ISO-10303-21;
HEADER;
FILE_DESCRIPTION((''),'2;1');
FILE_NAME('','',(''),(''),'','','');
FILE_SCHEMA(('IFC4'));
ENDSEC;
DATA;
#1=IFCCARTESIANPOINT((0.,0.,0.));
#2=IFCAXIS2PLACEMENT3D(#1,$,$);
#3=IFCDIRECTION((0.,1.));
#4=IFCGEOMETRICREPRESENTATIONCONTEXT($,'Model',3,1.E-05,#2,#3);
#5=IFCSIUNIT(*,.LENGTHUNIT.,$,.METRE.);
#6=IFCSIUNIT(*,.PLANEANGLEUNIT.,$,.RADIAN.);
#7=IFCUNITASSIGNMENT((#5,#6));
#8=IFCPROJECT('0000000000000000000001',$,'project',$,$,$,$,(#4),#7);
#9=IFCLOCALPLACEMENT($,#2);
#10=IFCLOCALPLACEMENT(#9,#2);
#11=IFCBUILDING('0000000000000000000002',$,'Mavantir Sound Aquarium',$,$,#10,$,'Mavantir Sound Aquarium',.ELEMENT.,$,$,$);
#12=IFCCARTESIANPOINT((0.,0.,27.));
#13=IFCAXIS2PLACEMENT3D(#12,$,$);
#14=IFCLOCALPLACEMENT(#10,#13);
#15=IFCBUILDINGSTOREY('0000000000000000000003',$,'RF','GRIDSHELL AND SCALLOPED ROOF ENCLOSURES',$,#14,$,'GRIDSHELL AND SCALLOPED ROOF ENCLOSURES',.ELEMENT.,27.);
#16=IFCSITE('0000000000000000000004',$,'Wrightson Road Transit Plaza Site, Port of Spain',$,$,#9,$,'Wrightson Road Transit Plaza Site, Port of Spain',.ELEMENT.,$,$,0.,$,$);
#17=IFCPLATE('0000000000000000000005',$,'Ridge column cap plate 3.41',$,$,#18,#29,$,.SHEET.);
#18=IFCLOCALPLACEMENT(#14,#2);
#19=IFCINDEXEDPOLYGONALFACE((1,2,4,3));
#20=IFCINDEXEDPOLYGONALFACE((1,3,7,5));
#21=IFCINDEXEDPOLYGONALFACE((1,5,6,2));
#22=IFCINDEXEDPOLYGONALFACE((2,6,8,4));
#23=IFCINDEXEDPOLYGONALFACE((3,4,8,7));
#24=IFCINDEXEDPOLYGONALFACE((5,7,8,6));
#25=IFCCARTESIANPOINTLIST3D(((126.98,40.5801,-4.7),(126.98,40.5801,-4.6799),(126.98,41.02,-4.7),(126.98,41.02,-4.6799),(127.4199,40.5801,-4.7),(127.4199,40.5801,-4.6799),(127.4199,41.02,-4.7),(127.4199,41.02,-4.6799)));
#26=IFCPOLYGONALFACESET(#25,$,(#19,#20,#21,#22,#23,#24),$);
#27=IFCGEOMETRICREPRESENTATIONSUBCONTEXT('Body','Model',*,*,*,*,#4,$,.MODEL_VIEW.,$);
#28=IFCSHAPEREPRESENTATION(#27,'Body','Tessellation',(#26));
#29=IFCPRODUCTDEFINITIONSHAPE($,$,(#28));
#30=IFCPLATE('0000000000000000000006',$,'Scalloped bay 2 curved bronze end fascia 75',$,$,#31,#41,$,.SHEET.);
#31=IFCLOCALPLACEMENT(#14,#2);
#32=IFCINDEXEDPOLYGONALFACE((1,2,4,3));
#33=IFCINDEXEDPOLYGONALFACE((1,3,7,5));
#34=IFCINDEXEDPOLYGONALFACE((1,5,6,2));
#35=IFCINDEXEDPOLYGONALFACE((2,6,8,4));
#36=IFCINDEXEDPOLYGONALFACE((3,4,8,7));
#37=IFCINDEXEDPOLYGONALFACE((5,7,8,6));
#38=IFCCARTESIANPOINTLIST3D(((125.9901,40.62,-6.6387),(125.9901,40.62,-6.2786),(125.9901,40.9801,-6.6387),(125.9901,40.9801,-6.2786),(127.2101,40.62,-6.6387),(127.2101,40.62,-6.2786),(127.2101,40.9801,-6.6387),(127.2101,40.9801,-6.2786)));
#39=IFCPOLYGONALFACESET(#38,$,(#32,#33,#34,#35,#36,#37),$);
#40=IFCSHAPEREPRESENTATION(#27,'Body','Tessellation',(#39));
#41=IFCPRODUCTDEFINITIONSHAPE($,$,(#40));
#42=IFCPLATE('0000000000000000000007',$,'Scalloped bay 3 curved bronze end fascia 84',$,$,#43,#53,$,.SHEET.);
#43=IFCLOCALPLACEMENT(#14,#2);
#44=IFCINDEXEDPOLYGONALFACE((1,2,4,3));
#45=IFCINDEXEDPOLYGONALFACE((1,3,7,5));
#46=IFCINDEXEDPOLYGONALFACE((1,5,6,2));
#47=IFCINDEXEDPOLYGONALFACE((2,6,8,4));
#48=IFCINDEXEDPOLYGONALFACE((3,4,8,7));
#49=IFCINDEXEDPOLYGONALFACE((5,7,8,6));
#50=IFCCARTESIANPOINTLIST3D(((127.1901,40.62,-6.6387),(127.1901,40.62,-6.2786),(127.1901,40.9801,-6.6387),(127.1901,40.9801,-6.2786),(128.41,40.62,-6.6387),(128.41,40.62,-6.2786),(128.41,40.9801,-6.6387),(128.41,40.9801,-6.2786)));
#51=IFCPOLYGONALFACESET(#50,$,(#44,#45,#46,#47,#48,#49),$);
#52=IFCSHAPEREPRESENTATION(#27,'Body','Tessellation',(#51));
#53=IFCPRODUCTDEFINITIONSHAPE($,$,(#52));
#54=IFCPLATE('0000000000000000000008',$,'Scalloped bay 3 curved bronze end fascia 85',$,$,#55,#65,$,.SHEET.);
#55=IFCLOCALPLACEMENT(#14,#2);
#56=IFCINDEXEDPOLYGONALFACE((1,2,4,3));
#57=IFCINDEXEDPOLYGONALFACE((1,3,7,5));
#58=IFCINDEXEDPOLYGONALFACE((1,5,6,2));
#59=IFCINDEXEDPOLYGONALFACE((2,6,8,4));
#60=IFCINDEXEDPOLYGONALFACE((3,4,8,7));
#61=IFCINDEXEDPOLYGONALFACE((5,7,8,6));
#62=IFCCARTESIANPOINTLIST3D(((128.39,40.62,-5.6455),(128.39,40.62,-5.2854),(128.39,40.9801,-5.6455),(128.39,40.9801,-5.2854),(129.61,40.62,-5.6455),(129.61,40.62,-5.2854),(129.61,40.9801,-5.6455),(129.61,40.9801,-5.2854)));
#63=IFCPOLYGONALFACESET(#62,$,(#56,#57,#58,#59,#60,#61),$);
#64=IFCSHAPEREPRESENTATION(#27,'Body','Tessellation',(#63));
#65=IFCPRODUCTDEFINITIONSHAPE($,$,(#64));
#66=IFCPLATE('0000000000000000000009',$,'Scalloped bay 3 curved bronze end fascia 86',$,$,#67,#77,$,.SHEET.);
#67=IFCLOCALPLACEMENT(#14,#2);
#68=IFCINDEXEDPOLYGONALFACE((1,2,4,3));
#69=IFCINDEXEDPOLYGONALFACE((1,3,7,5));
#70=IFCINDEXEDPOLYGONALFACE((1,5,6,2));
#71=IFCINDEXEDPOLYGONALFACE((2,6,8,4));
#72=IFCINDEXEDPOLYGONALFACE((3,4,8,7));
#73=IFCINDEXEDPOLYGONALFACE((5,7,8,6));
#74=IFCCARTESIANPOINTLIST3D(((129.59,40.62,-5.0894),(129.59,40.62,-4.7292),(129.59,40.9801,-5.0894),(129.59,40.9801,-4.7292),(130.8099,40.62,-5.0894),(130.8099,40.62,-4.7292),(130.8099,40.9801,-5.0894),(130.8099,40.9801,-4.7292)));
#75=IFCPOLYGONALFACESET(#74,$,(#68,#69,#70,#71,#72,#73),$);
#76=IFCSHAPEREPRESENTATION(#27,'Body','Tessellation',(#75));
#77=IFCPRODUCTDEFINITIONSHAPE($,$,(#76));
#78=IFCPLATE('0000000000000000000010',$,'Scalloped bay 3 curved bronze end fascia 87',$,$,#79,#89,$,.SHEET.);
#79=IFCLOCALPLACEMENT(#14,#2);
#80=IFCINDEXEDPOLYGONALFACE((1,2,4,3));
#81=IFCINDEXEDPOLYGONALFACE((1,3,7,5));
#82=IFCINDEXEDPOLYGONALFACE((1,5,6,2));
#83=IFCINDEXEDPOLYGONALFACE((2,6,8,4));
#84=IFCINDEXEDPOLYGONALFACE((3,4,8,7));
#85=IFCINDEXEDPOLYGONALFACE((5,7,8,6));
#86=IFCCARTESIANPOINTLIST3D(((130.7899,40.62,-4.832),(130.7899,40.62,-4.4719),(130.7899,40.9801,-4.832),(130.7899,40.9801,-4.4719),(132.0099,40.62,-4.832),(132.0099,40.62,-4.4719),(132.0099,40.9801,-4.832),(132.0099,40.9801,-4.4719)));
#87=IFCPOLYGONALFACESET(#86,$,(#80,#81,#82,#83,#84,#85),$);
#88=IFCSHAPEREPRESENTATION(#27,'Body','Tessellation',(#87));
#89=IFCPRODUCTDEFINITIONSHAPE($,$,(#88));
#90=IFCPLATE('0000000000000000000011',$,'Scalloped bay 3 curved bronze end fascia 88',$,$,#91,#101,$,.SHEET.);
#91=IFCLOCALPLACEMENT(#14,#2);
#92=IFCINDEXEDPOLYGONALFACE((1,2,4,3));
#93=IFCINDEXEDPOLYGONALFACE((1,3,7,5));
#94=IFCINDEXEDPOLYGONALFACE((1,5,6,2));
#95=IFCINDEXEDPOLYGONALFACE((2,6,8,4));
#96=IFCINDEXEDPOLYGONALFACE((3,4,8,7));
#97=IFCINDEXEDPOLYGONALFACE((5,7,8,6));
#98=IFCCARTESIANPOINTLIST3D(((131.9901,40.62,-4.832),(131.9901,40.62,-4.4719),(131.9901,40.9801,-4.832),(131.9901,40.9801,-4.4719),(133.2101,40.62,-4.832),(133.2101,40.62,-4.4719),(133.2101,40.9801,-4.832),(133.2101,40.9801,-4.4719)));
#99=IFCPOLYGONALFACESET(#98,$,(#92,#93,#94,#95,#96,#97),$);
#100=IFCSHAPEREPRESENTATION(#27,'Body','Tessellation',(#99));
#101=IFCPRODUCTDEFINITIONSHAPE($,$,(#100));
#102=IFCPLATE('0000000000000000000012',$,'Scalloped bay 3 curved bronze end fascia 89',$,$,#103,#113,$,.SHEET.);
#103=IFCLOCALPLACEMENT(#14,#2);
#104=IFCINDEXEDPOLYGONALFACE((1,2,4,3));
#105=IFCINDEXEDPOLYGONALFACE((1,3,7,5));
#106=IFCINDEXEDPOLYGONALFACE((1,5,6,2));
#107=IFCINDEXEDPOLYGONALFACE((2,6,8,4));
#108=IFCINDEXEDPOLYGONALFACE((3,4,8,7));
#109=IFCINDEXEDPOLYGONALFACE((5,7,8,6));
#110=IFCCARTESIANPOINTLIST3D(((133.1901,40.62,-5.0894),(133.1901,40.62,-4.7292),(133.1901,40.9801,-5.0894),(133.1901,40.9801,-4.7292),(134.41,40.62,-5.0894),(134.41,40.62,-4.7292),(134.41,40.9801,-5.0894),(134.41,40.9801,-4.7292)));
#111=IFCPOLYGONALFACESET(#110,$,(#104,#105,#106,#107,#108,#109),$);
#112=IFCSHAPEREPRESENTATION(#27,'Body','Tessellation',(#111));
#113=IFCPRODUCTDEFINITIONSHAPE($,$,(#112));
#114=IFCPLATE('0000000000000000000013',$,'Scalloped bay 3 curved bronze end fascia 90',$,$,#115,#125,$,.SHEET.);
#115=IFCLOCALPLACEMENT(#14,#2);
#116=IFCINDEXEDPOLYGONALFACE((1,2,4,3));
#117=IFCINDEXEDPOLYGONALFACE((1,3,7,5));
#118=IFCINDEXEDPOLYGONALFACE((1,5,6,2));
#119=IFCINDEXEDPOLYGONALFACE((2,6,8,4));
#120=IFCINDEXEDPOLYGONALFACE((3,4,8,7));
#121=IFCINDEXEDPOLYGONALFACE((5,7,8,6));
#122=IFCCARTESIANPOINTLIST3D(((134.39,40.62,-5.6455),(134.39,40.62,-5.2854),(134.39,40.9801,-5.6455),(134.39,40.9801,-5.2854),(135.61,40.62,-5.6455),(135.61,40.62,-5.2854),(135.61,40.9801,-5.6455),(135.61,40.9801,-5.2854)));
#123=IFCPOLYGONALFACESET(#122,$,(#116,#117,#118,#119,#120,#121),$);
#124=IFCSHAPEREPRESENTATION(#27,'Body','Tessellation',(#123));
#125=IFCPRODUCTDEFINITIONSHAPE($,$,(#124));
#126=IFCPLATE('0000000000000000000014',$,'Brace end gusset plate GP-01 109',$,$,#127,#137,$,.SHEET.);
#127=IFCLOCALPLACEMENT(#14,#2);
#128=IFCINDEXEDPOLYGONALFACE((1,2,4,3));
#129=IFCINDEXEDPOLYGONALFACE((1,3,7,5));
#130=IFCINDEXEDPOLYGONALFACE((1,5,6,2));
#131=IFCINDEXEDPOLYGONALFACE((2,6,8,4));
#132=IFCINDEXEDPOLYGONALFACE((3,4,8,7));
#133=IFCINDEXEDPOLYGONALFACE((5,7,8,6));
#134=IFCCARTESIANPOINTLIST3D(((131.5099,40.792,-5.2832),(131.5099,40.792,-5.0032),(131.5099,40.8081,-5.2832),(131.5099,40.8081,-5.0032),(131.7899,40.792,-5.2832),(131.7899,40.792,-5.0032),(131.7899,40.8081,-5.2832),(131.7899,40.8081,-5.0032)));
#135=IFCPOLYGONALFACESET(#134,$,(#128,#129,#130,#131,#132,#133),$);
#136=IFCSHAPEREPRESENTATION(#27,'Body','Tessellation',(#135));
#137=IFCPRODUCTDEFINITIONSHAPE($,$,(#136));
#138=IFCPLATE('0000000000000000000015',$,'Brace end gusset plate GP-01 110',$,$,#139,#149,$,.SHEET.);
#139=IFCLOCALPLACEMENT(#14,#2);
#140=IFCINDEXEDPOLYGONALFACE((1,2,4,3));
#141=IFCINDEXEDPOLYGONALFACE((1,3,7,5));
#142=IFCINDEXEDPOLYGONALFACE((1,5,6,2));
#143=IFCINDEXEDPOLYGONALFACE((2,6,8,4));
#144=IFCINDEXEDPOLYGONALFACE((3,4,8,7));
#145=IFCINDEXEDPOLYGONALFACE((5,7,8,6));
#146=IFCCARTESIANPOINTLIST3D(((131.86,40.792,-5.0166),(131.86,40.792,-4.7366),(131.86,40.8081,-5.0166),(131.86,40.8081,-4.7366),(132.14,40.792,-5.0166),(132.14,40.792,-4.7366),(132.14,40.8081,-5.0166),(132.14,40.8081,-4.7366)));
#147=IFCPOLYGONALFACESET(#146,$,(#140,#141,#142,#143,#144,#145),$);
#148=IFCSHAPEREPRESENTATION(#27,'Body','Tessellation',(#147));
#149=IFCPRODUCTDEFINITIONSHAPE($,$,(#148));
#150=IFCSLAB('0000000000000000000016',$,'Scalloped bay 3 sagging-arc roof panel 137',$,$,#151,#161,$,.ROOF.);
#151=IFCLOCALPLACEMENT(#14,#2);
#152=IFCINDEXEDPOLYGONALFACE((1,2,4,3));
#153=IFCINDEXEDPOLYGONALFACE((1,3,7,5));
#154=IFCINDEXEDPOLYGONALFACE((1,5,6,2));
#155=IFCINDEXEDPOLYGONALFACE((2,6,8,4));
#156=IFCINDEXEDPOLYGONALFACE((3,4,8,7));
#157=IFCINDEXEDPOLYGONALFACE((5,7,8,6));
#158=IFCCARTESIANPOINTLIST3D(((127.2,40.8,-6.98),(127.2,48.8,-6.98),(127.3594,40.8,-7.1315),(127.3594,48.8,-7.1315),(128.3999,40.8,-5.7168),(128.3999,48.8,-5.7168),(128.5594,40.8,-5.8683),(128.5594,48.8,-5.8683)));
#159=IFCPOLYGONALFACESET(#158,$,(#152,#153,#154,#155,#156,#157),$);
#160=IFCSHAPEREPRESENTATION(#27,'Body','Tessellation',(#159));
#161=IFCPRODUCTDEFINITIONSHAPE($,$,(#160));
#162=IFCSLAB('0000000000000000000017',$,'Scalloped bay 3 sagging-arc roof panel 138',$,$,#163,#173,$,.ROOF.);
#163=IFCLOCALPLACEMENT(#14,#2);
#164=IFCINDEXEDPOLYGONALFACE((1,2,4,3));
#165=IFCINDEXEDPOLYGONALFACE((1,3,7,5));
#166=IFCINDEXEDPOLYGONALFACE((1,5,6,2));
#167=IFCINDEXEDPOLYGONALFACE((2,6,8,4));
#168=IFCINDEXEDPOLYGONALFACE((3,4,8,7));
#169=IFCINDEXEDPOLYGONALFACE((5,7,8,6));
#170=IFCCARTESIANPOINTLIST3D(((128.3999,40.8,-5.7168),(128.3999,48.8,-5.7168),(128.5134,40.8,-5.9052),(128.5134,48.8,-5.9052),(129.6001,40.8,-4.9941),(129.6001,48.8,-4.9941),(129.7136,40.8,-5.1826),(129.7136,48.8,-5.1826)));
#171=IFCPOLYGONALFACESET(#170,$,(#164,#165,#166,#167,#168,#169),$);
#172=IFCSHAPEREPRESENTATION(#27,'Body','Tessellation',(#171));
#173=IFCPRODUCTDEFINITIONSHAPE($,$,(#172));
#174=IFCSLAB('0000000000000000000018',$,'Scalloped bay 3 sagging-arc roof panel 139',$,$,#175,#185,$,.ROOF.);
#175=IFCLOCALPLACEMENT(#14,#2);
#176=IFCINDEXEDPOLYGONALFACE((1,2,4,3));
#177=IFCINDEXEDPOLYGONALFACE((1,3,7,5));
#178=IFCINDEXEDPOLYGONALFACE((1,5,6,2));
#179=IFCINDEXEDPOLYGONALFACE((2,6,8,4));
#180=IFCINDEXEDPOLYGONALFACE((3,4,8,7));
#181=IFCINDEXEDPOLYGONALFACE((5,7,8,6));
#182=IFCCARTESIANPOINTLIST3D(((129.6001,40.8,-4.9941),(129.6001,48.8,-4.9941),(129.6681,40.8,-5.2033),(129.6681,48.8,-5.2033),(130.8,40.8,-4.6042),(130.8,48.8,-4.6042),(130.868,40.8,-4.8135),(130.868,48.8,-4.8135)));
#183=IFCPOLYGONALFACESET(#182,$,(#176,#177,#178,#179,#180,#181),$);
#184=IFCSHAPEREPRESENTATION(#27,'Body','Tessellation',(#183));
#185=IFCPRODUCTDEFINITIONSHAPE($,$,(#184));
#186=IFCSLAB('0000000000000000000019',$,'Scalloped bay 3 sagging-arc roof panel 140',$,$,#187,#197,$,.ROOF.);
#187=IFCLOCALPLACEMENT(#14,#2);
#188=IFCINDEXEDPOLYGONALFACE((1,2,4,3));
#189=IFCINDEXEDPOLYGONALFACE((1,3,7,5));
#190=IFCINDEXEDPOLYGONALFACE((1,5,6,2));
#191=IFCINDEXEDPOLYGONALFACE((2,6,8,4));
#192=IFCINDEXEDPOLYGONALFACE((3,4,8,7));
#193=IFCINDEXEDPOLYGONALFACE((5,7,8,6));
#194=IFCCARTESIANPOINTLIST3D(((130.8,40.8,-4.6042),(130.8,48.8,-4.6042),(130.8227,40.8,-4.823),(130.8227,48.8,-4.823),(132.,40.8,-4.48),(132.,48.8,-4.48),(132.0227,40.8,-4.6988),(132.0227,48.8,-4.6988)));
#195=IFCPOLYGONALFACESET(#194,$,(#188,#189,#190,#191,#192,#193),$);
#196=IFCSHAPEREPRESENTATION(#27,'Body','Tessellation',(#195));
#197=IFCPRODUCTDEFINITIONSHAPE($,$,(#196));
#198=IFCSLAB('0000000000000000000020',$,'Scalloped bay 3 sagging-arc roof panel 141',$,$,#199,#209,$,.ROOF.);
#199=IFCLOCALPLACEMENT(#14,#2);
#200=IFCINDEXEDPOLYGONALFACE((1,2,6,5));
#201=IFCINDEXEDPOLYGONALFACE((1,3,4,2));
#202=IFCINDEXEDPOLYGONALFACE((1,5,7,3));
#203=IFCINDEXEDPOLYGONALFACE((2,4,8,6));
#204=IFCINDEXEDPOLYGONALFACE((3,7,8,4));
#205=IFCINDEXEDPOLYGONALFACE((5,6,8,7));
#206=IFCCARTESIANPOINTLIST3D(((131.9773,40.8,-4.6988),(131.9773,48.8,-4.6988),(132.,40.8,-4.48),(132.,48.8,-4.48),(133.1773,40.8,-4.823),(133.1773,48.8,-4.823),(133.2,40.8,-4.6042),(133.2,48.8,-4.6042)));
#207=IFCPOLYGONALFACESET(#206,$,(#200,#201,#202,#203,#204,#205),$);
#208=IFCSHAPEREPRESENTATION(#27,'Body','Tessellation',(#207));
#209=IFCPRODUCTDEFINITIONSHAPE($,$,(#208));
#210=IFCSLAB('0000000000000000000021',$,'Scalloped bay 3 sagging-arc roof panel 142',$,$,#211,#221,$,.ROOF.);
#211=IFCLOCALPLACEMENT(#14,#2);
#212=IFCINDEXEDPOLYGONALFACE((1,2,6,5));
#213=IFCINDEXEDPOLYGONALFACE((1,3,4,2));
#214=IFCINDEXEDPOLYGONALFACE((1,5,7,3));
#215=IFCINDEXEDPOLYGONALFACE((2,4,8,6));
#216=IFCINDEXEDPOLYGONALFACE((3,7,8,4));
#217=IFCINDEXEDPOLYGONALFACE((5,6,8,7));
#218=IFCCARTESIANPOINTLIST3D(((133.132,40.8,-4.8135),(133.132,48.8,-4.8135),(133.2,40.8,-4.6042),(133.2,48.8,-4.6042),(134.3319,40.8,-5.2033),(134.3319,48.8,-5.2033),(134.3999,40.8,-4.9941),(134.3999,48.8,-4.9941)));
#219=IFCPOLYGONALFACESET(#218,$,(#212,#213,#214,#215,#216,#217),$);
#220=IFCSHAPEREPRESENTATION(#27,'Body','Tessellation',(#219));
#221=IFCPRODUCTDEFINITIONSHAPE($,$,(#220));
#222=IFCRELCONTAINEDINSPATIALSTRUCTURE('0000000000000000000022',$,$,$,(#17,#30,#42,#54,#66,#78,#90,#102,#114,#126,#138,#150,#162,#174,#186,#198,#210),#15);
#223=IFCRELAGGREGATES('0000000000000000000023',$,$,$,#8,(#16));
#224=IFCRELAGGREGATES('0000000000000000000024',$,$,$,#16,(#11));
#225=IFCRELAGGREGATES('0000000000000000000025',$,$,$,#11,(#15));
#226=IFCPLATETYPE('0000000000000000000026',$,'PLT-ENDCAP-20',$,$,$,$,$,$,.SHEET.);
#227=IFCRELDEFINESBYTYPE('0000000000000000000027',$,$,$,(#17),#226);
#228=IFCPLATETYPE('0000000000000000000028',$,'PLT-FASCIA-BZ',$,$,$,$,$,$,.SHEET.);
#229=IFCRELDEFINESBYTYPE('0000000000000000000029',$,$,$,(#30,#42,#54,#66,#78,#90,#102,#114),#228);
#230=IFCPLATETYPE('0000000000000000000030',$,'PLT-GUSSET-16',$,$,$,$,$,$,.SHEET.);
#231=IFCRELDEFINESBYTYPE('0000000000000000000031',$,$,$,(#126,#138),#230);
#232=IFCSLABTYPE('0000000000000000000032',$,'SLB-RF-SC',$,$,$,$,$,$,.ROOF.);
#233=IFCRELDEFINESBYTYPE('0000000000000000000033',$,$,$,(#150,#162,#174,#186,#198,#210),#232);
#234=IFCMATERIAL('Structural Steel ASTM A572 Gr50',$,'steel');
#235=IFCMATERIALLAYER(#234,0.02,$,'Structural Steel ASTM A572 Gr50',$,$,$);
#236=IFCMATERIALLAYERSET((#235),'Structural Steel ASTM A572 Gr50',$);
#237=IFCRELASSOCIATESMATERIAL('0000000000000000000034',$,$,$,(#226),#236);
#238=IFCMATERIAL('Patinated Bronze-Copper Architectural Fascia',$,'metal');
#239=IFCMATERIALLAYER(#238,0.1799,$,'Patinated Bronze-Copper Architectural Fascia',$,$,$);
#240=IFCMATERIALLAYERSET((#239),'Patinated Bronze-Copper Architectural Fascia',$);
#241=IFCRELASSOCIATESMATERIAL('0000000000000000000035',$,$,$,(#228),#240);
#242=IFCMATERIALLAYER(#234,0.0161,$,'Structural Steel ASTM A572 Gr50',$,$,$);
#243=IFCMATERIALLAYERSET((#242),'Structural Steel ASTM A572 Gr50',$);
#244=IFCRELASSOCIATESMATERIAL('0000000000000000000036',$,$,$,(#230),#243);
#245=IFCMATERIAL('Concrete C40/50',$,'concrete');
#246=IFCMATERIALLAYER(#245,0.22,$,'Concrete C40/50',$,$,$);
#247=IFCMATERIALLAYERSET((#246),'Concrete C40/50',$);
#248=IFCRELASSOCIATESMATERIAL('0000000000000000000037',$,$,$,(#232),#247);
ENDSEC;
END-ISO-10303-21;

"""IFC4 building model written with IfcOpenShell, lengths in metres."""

from ifc_helpers import new_model, si_unit, direction, frame, origin, origin_2d, place, context, subcontext, project, spatial, polyline, rectangle, outline, extrude, material, layer, layer_set, type_object, element, save


model = new_model("IFC4")

# Units and contexts
model_context = context("Model", 3, precision=1e-05, world=origin(), true_north=direction((0.0, 1.0)))
body_context = subcontext(model_context, "Body", "Model", "MODEL_VIEW")
ifc_project = project(units=[si_unit("LENGTHUNIT", "METRE"), si_unit("PLANEANGLEUNIT", "RADIAN")], contexts=[model_context])

# Site, building, storey
site_placement = place(None, origin())
site = spatial("IfcSite", under=ifc_project, at=site_placement, Name="Wrightson Road Transit Plaza Site, Port of Spain", LongName="Wrightson Road Transit Plaza Site, Port of Spain", CompositionType="ELEMENT", RefElevation=0.0)
building_placement = place(site_placement, origin())
building = spatial("IfcBuilding", under=site, at=building_placement, Name="Mavantir Sound Aquarium", LongName="Mavantir Sound Aquarium", CompositionType="ELEMENT")
storey_placement = place(building_placement, frame((0.0, 0.0, 27.0)))
storey = spatial("IfcBuildingStorey", under=building, at=storey_placement, Name="RF", Description="GRIDSHELL AND SCALLOPED ROOF ENCLOSURES", LongName="GRIDSHELL AND SCALLOPED ROOF ENCLOSURES", CompositionType="ELEMENT", Elevation=27.0)

# Shared definitions
ifc_material_1 = material(Name="Concrete C40/50", Category="concrete")

# Plates
ifc_material_2 = material(Name="Structural Steel ASTM A572 Gr50", Category="steel")
ifc_layer_1 = layer(ifc_material_2, 0.02, Name="Structural Steel ASTM A572 Gr50")
ifc_layer_set_1 = layer_set([ifc_layer_1], Name="Structural Steel ASTM A572 Gr50")
plate_type_1 = type_object("IfcPlateType", Name="PLT-ENDCAP-20", PredefinedType="SHEET", material=ifc_layer_set_1)
plate_placement = place(storey_placement, frame((127.2, 40.8, -4.7), z_axis=(0.0, 0.0, 1.0), x_axis=(1.0, 0.0, 0.0)))
element("IfcPlate", 1, at=plate_placement, inside=storey, type_object=plate_type_1, Name="Ridge column cap plate 3.41", PredefinedType="SHEET", context=body_context, shape_type="SweptSolid", body=[
    extrude(rectangle(XDim=0.4399, YDim=0.4399, at=origin_2d()), origin(), (0.0, 0.0, 1.0), 0.02),
])
ifc_material_3 = material(Name="Patinated Bronze-Copper Architectural Fascia", Category="metal")
ifc_layer_2 = layer(ifc_material_3, 0.1799, Name="Patinated Bronze-Copper Architectural Fascia")
ifc_layer_set_2 = layer_set([ifc_layer_2], Name="Patinated Bronze-Copper Architectural Fascia")
plate_type_2 = type_object("IfcPlateType", Name="PLT-FASCIA-BZ", PredefinedType="SHEET", material=ifc_layer_set_2)
for number, where, z_axis, x_axis, name in (
    (2, (126.6001, 40.8, -6.6387), (0.0, 0.0, 1.0), (1.0, 0.0, 0.0), "Scalloped bay 2 curved bronze end fascia 75"),
    (3, (127.8, 40.8, -6.6387), (0.0, 0.0, 1.0), (1.0, 0.0, 0.0), "Scalloped bay 3 curved bronze end fascia 84"),
    (4, (129.0, 40.8, -5.6455), (0.0, 0.0, 1.0), (1.0, 0.0, 0.0), "Scalloped bay 3 curved bronze end fascia 85"),
    (5, (130.2, 40.8, -5.0894), (0.0, 0.0, 1.0), (1.0, 0.0, 0.0), "Scalloped bay 3 curved bronze end fascia 86"),
    (6, (131.3999, 40.8, -4.832), (0.0, 0.0, 1.0), (1.0, 0.0, 0.0), "Scalloped bay 3 curved bronze end fascia 87"),
    (7, (132.6001, 40.8, -4.832), (0.0, 0.0, 1.0), (1.0, 0.0, 0.0), "Scalloped bay 3 curved bronze end fascia 88"),
    (8, (133.8, 40.8, -5.0894), (0.0, 0.0, 1.0), (1.0, 0.0, 0.0), "Scalloped bay 3 curved bronze end fascia 89"),
    (9, (135.0, 40.8, -5.6455), (0.0, 0.0, 1.0), (1.0, 0.0, 0.0), "Scalloped bay 3 curved bronze end fascia 90"),
):
    element("IfcPlate", number, at=place(storey_placement, frame(where, z_axis=z_axis, x_axis=x_axis)), inside=storey, type_object=plate_type_2, Name=name, PredefinedType="SHEET", context=body_context, shape_type="SweptSolid", body=[
        extrude(rectangle(XDim=1.22, YDim=0.3601, at=origin_2d()), origin(), (0.0, 0.0, 1.0), 0.3601),
    ])
ifc_layer_3 = layer(ifc_material_2, 0.0161, Name="Structural Steel ASTM A572 Gr50")
ifc_layer_set_3 = layer_set([ifc_layer_3], Name="Structural Steel ASTM A572 Gr50")
plate_type_3 = type_object("IfcPlateType", Name="PLT-GUSSET-16", PredefinedType="SHEET", material=ifc_layer_set_3)
for number, where, z_axis, x_axis, name in (
    (10, (131.6499, 40.8, -5.2832), (0.0, 0.0, 1.0), (1.0, 0.0, 0.0), "Brace end gusset plate GP-01 109"),
    (11, (132.0, 40.8, -5.0166), (0.0, 0.0, 1.0), (1.0, 0.0, 0.0), "Brace end gusset plate GP-01 110"),
):
    element("IfcPlate", number, at=place(storey_placement, frame(where, z_axis=z_axis, x_axis=x_axis)), inside=storey, type_object=plate_type_3, Name=name, PredefinedType="SHEET", context=body_context, shape_type="SweptSolid", body=[
        extrude(rectangle(XDim=0.28, YDim=0.0161, at=origin_2d()), origin(), (0.0, 0.0, 1.0), 0.28),
    ])

# Slabs
ifc_layer_4 = layer(ifc_material_1, 0.22, Name="Concrete C40/50")
ifc_layer_set_4 = layer_set([ifc_layer_4], Name="Concrete C40/50")
slab_type = type_object("IfcSlabType", Name="SLB-RF-SC", PredefinedType="ROOF", material=ifc_layer_set_4)
slab_1_placement = place(storey_placement, frame((127.2, 40.8, -6.98), z_axis=(-0.72502, 0.0, 0.688727), x_axis=(0.688727, 0.0, 0.72502)))
element("IfcSlab", 12, at=slab_1_placement, inside=storey, type_object=slab_type, Name="Scalloped bay 3 sagging-arc roof panel 137", PredefinedType="ROOF", context=body_context, shape_type="SweptSolid", body=[
    extrude(outline(polyline([(0.0, 0.0), (1.7423, 0.0), (1.7423, 8.0), (0.0, 8.0), (0.0, 0.0)])), origin(), (0.0, 0.0, -1.0), 0.22),
])
slab_2_placement = place(storey_placement, frame((128.3999, 40.8, -5.7168), z_axis=(-0.515828, 0.0, 0.856692), x_axis=(0.856692, 0.0, 0.515828)))
element("IfcSlab", 13, at=slab_2_placement, inside=storey, type_object=slab_type, Name="Scalloped bay 3 sagging-arc roof panel 138", PredefinedType="ROOF", context=body_context, shape_type="SweptSolid", body=[
    extrude(outline(polyline([(0.0, 0.0), (1.401, 0.0), (1.401, 8.0), (0.0, 8.0), (0.0, 0.0)])), origin(), (0.0, 0.0, -1.0), 0.22),
])
slab_3_placement = place(storey_placement, frame((129.6001, 40.8, -4.9941), z_axis=(-0.30902, 0.0, 0.951055), x_axis=(0.951055, 0.0, 0.30902)))
element("IfcSlab", 14, at=slab_3_placement, inside=storey, type_object=slab_type, Name="Scalloped bay 3 sagging-arc roof panel 139", PredefinedType="ROOF", context=body_context, shape_type="SweptSolid", body=[
    extrude(outline(polyline([(0.0, 0.0), (1.2617, 0.0), (1.2617, 8.0), (0.0, 8.0), (0.0, 0.0)])), origin(), (0.0, 0.0, -1.0), 0.22),
])
for number, where, z_axis, x_axis, name in (
    (15, (130.8, 40.8, -4.6042), (-0.10301, 0.0, 0.99468), (0.99468, 0.0, 0.10301), "Scalloped bay 3 sagging-arc roof panel 140"),
    (16, (132.0, 40.8, -4.48), (0.10301, 0.0, 0.99468), (0.99468, 0.0, -0.10301), "Scalloped bay 3 sagging-arc roof panel 141"),
):
    element("IfcSlab", number, at=place(storey_placement, frame(where, z_axis=z_axis, x_axis=x_axis)), inside=storey, type_object=slab_type, Name=name, PredefinedType="ROOF", context=body_context, shape_type="SweptSolid", body=[
        extrude(outline(polyline([(0.0, 0.0), (1.2064, 0.0), (1.2064, 8.0), (0.0, 8.0), (0.0, 0.0)])), origin(), (0.0, 0.0, -1.0), 0.22),
    ])
slab_4_placement = place(storey_placement, frame((133.2, 40.8, -4.6042), z_axis=(0.30902, 0.0, 0.951055), x_axis=(0.951055, 0.0, -0.30902)))
element("IfcSlab", 17, at=slab_4_placement, inside=storey, type_object=slab_type, Name="Scalloped bay 3 sagging-arc roof panel 142", PredefinedType="ROOF", context=body_context, shape_type="SweptSolid", body=[
    extrude(outline(polyline([(0.0, 0.0), (1.2617, 0.0), (1.2617, 8.0), (0.0, 8.0), (0.0, 0.0)])), origin(), (0.0, 0.0, -1.0), 0.22),
])

save(model, "model.ifc")
